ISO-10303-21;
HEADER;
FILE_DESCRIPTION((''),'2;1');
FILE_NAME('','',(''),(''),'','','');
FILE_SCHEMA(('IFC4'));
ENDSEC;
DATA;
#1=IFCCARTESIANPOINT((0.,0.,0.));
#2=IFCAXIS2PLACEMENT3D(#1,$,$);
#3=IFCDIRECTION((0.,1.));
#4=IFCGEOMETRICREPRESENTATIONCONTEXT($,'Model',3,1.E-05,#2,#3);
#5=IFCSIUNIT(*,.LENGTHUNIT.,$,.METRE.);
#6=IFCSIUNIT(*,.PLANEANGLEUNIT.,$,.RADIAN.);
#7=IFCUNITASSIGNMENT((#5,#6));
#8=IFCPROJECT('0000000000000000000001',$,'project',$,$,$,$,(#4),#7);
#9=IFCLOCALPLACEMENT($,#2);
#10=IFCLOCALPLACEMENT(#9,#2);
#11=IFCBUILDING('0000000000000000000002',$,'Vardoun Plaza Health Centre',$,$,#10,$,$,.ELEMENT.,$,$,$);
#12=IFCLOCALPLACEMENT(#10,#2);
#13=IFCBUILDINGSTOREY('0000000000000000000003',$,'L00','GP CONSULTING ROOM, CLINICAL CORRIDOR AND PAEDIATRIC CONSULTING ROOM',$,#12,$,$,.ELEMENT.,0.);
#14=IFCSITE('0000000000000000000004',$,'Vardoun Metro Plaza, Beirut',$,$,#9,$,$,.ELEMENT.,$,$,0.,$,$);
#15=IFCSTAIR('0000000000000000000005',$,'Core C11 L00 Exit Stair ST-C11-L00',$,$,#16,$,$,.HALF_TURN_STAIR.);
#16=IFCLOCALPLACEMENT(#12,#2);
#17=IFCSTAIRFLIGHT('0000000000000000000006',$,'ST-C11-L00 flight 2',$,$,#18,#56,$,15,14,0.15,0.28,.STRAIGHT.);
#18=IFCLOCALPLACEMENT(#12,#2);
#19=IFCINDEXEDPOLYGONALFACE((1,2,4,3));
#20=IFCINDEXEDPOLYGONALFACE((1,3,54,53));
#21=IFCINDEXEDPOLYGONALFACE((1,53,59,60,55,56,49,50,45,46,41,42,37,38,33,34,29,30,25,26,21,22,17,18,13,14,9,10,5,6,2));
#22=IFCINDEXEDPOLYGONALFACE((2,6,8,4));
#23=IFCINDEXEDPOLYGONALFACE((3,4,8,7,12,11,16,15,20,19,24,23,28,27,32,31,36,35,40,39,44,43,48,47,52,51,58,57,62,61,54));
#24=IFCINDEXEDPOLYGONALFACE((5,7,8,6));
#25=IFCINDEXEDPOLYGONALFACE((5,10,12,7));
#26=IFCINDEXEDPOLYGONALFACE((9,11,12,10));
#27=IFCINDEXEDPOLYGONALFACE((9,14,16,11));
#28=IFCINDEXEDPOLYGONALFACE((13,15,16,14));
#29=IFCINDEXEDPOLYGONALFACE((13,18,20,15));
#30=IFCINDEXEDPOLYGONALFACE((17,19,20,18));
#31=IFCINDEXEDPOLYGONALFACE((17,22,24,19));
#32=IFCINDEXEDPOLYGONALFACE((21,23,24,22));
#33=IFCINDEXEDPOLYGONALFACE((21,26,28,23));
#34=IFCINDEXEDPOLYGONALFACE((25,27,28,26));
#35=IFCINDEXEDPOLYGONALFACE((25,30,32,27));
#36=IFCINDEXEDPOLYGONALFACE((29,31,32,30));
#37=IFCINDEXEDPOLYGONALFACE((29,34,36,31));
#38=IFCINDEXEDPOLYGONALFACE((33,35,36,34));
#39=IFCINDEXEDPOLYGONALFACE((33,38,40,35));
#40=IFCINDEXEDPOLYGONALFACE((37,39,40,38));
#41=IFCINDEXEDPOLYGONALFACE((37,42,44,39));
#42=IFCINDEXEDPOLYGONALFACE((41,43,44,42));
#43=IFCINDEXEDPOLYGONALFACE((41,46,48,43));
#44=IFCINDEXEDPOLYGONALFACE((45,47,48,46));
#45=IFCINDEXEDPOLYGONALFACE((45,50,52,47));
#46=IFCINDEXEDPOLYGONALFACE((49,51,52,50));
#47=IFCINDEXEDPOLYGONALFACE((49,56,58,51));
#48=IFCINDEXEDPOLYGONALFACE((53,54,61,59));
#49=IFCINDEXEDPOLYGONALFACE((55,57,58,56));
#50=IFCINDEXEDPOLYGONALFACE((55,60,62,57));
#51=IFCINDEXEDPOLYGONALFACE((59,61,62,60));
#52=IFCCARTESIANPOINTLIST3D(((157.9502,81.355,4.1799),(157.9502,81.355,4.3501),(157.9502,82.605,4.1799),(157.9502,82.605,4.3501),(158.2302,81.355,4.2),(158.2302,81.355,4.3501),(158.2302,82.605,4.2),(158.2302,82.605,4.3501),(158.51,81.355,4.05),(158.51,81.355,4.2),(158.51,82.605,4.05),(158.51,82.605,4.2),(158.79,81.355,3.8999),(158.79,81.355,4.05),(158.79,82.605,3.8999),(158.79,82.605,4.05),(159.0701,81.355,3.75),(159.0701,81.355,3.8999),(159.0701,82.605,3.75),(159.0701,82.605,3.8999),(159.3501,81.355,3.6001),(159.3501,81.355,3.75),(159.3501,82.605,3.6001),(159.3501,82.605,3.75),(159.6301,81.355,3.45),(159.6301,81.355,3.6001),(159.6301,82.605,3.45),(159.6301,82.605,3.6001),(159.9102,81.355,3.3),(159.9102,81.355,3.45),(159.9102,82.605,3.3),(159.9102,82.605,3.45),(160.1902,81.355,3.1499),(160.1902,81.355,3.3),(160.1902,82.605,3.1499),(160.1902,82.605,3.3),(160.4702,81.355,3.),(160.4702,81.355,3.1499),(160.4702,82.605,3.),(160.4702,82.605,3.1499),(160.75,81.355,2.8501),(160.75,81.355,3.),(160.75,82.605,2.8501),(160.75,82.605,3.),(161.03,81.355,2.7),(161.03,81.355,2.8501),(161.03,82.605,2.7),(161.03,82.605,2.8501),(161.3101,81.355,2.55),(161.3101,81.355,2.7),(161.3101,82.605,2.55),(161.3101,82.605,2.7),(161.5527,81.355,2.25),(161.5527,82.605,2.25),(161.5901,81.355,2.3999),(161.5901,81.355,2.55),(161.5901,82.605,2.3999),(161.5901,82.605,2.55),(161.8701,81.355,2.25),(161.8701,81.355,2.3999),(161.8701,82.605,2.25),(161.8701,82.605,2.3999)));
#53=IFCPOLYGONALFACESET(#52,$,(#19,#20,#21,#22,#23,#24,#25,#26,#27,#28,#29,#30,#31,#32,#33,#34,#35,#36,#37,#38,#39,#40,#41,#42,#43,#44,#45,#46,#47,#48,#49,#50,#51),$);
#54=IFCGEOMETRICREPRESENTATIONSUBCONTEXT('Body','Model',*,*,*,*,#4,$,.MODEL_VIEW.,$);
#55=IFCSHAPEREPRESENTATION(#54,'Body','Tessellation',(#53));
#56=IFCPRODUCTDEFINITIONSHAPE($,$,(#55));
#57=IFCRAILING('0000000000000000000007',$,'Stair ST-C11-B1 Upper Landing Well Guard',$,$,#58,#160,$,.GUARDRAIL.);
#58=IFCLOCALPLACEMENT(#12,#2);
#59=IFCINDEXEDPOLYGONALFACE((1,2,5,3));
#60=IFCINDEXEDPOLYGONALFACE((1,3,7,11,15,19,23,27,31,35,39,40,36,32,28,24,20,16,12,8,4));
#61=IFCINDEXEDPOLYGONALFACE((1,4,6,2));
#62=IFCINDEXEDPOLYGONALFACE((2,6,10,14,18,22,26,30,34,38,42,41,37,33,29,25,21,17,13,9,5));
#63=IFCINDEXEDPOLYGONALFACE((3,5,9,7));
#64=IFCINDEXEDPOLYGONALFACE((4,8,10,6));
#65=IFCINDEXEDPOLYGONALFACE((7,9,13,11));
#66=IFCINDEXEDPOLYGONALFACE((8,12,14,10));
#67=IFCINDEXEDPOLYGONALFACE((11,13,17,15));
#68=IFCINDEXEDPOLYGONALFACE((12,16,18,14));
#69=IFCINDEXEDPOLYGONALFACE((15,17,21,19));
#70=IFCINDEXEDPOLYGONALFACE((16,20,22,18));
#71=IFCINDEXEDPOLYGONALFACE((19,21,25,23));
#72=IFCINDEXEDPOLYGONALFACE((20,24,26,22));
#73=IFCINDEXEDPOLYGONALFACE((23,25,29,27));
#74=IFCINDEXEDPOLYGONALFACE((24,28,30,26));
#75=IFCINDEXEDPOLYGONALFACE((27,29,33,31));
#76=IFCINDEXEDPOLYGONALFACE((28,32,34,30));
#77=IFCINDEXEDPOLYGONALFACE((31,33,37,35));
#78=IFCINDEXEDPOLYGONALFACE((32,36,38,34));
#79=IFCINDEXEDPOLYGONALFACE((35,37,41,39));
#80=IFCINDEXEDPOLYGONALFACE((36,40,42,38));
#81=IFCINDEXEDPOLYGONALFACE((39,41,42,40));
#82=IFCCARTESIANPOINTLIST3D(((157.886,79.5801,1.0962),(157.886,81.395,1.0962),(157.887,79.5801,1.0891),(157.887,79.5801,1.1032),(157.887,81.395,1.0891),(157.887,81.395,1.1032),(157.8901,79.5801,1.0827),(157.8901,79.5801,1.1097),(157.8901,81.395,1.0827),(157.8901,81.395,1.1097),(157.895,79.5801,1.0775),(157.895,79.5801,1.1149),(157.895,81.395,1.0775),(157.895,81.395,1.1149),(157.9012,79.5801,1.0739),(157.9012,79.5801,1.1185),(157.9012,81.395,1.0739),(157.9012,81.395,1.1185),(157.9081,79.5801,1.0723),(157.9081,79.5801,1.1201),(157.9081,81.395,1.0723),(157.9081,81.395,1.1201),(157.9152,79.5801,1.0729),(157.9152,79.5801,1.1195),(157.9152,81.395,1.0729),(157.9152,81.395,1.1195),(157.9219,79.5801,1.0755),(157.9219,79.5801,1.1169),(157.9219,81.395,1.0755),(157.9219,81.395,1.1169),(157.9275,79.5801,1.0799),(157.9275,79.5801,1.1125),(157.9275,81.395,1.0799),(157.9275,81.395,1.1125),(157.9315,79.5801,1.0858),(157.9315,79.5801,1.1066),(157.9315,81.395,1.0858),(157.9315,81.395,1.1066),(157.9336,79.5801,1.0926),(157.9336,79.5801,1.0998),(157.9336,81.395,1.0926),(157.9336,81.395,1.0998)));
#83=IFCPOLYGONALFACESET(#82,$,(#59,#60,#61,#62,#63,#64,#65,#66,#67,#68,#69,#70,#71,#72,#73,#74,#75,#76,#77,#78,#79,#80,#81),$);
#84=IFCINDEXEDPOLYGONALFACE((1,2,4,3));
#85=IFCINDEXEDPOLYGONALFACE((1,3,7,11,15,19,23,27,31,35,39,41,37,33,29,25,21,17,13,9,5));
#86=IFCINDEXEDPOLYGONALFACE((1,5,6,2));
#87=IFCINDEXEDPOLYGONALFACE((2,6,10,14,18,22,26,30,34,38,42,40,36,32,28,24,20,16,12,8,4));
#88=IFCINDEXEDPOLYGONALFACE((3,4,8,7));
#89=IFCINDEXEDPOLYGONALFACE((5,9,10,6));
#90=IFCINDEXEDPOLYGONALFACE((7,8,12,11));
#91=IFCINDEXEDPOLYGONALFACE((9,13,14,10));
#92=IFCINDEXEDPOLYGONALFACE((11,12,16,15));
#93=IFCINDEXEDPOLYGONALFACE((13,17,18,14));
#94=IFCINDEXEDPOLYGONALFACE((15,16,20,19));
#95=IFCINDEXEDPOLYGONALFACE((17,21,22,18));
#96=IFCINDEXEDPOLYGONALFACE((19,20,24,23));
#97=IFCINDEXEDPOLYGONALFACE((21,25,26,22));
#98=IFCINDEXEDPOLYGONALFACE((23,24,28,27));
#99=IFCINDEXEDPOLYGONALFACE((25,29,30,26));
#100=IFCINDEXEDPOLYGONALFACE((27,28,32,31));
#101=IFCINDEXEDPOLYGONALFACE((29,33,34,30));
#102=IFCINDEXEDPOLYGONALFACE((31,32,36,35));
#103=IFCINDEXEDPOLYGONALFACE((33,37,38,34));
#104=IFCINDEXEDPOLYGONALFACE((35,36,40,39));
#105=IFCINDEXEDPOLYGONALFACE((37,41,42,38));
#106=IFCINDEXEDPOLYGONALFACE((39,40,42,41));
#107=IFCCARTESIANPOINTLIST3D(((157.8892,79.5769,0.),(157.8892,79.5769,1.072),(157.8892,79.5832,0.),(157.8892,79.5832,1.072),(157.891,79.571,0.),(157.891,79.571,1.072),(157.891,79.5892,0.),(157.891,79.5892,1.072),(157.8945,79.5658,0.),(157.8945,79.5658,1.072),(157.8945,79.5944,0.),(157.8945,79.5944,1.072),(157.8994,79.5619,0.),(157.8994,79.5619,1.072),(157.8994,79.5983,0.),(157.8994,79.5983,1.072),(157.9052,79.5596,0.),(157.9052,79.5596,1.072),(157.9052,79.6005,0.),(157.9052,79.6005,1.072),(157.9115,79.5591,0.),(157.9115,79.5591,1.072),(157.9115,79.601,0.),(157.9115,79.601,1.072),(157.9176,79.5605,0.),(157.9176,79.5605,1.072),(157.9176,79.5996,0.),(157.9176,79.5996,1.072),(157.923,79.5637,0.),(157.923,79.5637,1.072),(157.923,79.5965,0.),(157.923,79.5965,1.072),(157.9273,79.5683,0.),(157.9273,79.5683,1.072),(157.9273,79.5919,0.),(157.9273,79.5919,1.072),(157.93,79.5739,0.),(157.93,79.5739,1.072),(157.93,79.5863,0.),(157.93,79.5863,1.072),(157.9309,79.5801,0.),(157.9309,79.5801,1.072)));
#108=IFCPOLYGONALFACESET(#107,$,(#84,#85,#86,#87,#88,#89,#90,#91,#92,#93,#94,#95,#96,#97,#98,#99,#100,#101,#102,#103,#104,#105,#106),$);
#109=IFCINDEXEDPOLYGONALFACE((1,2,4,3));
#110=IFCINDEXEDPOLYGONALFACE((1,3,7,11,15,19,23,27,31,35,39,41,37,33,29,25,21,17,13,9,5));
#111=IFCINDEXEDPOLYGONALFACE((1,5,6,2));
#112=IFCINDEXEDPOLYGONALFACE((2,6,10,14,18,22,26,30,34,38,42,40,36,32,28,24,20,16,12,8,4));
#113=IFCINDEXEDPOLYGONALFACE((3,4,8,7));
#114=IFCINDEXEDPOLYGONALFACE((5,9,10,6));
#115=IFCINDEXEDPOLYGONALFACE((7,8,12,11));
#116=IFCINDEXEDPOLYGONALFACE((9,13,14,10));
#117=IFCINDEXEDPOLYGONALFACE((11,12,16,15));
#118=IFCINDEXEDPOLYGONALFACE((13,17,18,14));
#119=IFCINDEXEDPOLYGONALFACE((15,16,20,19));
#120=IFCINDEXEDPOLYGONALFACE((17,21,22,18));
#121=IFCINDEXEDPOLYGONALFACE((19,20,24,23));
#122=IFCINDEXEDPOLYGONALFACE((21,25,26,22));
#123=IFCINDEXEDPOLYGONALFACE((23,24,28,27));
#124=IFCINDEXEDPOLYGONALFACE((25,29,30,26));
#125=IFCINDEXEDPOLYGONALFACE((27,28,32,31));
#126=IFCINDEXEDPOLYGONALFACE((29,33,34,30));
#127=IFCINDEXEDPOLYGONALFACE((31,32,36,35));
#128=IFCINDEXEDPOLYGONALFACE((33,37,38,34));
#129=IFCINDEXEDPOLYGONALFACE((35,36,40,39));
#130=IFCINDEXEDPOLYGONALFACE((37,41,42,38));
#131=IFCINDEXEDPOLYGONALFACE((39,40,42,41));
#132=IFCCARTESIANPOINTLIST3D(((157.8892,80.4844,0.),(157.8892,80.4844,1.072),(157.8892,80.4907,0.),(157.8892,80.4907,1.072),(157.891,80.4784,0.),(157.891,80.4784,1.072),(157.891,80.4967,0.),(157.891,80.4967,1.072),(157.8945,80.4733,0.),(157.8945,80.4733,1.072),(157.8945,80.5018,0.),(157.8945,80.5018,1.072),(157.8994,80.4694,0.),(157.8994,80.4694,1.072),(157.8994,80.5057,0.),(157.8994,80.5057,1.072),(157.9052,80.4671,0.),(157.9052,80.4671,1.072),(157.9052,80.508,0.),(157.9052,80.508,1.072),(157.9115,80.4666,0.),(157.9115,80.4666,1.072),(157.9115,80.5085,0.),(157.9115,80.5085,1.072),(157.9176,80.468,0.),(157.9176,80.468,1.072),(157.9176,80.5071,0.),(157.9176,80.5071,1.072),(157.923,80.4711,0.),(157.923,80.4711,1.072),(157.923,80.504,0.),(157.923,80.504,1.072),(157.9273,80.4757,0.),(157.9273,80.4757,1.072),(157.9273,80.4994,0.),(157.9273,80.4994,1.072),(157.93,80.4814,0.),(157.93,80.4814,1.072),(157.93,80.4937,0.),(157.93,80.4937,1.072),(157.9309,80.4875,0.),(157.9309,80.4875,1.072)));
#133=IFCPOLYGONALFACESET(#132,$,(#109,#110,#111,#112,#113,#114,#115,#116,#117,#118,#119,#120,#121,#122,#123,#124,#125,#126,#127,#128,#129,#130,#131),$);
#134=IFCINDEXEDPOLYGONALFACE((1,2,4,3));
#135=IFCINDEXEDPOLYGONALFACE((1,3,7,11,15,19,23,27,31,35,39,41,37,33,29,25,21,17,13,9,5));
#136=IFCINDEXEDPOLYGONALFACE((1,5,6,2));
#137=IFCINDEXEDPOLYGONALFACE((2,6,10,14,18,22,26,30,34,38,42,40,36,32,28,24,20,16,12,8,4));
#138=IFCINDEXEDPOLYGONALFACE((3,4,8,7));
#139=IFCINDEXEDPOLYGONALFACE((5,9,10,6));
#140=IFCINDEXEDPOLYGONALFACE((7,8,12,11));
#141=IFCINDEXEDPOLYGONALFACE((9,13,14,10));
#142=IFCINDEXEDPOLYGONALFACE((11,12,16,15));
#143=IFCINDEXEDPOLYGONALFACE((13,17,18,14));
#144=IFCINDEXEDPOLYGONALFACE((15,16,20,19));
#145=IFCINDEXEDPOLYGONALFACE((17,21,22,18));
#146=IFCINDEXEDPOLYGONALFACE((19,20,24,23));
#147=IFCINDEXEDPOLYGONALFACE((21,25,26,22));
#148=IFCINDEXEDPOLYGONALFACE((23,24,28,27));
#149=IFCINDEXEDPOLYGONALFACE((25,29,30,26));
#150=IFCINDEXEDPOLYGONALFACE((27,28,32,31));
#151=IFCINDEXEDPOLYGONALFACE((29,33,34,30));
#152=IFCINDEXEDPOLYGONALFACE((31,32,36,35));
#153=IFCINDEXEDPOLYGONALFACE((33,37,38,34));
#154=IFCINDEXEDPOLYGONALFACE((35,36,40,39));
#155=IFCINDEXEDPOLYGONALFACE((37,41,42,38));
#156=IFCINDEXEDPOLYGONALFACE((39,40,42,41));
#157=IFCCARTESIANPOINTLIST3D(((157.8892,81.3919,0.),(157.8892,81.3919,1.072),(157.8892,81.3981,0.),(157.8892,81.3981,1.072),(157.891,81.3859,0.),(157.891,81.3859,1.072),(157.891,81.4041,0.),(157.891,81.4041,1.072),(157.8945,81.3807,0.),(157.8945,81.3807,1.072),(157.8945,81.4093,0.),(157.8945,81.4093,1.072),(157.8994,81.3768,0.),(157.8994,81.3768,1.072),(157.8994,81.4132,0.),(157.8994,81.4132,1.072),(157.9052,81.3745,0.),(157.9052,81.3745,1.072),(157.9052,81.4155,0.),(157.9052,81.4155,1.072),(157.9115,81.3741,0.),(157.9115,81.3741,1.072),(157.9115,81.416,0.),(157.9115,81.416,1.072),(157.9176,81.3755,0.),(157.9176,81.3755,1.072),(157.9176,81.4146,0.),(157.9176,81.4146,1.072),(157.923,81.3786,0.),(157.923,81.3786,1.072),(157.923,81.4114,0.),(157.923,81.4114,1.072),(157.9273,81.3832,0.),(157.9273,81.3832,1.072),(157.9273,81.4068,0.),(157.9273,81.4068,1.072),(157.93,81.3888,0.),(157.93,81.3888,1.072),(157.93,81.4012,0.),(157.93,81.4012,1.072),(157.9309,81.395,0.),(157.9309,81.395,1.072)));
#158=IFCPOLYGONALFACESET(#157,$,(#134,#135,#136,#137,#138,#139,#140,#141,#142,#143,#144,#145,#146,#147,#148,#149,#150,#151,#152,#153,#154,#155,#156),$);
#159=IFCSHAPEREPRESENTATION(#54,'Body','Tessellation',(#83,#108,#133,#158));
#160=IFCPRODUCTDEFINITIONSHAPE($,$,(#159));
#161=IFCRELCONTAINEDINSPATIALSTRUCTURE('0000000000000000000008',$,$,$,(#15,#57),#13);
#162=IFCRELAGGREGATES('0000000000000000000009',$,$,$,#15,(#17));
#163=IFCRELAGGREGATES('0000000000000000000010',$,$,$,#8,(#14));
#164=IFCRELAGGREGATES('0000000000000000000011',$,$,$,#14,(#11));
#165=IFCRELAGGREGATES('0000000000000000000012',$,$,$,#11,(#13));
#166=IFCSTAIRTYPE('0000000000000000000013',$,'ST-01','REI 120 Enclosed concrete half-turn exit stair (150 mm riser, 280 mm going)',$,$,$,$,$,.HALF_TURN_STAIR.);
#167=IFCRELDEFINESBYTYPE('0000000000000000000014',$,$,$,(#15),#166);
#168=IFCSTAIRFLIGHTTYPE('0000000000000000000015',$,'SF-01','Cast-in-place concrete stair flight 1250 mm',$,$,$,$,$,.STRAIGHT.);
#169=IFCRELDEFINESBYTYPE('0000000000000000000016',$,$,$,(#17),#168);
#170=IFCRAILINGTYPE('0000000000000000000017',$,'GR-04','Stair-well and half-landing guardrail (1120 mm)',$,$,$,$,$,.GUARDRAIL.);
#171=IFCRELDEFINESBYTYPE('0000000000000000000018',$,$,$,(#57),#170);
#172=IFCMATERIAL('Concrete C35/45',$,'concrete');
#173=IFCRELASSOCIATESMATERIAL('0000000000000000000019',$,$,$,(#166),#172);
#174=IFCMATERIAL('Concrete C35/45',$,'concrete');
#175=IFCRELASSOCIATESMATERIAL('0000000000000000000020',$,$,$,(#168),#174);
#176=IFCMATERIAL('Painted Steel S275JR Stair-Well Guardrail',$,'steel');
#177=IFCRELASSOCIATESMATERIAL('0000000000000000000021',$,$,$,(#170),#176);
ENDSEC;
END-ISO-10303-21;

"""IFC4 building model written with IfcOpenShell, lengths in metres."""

from ifc_helpers import new_model, si_unit, direction, frame, origin, origin_2d, place, context, subcontext, project, spatial, polyline, circle, outline, extrude, material, type_object, element, aggregate, save


model = new_model("IFC4")

# Units and contexts
model_context = context("Model", 3, precision=1e-05, world=origin(), true_north=direction((0.0, 1.0)))
body_context = subcontext(model_context, "Body", "Model", "MODEL_VIEW")
ifc_project = project(units=[si_unit("LENGTHUNIT", "METRE"), si_unit("PLANEANGLEUNIT", "RADIAN")], contexts=[model_context])

# Site, building, storey
site_placement = place(None, origin())
site = spatial("IfcSite", under=ifc_project, at=site_placement, Name="Vardoun Metro Plaza, Beirut", CompositionType="ELEMENT", RefElevation=0.0)
building_placement = place(site_placement, origin())
building = spatial("IfcBuilding", under=site, at=building_placement, Name="Vardoun Plaza Health Centre", CompositionType="ELEMENT")
storey_placement = place(building_placement, origin())
storey = spatial("IfcBuildingStorey", under=building, at=storey_placement, Name="L00", Description="GP CONSULTING ROOM, CLINICAL CORRIDOR AND PAEDIATRIC CONSULTING ROOM", CompositionType="ELEMENT", Elevation=0.0)

# Stair, stair flight
ifc_material_1 = material(Name="Concrete C35/45", Category="concrete")
stair_type = type_object("IfcStairType", Name="ST-01", Description="REI 120 Enclosed concrete half-turn exit stair (150 mm riser, 280 mm going)", PredefinedType="HALF_TURN_STAIR", material=ifc_material_1)
stair_placement = place(storey_placement, origin())
stair = element("IfcStair", 1, at=stair_placement, inside=storey, type_object=stair_type, Name="Core C11 L00 Exit Stair ST-C11-L00", PredefinedType="HALF_TURN_STAIR")
ifc_material_2 = material(Name="Concrete C35/45", Category="concrete")
stair_flight_type = type_object("IfcStairFlightType", Name="SF-01", Description="Cast-in-place concrete stair flight 1250 mm", PredefinedType="STRAIGHT", material=ifc_material_2)
stair_flight_1_placement = place(storey_placement, frame((161.8701, 81.98, 2.25), z_axis=(0.0, 0.0, 1.0), x_axis=(-1.0, 0.0, 0.0)))
stair_flight_1 = element("IfcStairFlight", 2, at=stair_flight_1_placement, type_object=stair_flight_type, Name="ST-C11-L00 flight 2", NumberOfRisers=15, NumberOfTreads=14, PredefinedType="STRAIGHT", RiserHeight=0.15, TreadLength=0.28, context=body_context, shape_type="SweptSolid", body=[
    extrude(outline(polyline([(0.0, 0.0), (0.0, 0.1499), (0.28, 0.1499), (0.28, 0.3), (0.5601, 0.3), (0.5601, 0.45), (0.8401, 0.45), (0.8401, 0.6001), (1.1201, 0.6001), (1.1201, 0.75), (1.3999, 0.75), (1.3999, 0.8999), (1.6799, 0.8999), (1.6799, 1.05), (1.96, 1.05), (1.96, 1.2), (2.24, 1.2), (2.24, 1.3501), (2.52, 1.3501), (2.52, 1.5), (2.8, 1.5), (2.8, 1.6499), (3.0801, 1.6499), (3.0801, 1.8), (3.3601, 1.8), (3.3601, 1.95), (3.6399, 1.95), (3.6399, 2.1001), (3.9199, 2.1001), (3.9199, 2.25), (3.9199, 1.9299), (0.3174, 0.0), (0.0, 0.0)])), frame((0.0, 0.625, 0.0), z_axis=(0.0, -1.0, 0.0), x_axis=(1.0, 0.0, 0.0)), (0.0, 0.0, 1.0), 1.25),
])
aggregate(stair, [stair_flight_1])

# Railing
ifc_material_3 = material(Name="Painted Steel S275JR Stair-Well Guardrail", Category="steel")
railing_type_1 = type_object("IfcRailingType", Name="GR-04", Description="Stair-well and half-landing guardrail (1120 mm)", PredefinedType="GUARDRAIL", material=ifc_material_3)
railing_1_placement = place(storey_placement, frame((157.9099, 79.5801, 0.0)))
element("IfcRailing", 3, at=railing_1_placement, inside=storey, type_object=railing_type_1, Name="Stair ST-C11-B1 Upper Landing Well Guard", PredefinedType="GUARDRAIL", context=body_context, shape_type="SweptSolid", body=[
    extrude(circle(Radius=0.0239, at=origin_2d()), frame((0.0, 0.0, 1.0962), z_axis=(0.0, 1.0, 0.0), x_axis=(-1.0, 0.0, 0.0)), (0.0, 0.0, 1.0), 1.8149),
    extrude(circle(Radius=0.021, at=origin_2d()), origin(), (0.0, 0.0, 1.0), 1.072),
    extrude(circle(Radius=0.021, at=origin_2d()), frame((0.0, 0.9075, 0.0)), (0.0, 0.0, 1.0), 1.072),
    extrude(circle(Radius=0.021, at=origin_2d()), frame((0.0, 1.8149, 0.0)), (0.0, 0.0, 1.0), 1.072),
])

save(model, "model.ifc")
